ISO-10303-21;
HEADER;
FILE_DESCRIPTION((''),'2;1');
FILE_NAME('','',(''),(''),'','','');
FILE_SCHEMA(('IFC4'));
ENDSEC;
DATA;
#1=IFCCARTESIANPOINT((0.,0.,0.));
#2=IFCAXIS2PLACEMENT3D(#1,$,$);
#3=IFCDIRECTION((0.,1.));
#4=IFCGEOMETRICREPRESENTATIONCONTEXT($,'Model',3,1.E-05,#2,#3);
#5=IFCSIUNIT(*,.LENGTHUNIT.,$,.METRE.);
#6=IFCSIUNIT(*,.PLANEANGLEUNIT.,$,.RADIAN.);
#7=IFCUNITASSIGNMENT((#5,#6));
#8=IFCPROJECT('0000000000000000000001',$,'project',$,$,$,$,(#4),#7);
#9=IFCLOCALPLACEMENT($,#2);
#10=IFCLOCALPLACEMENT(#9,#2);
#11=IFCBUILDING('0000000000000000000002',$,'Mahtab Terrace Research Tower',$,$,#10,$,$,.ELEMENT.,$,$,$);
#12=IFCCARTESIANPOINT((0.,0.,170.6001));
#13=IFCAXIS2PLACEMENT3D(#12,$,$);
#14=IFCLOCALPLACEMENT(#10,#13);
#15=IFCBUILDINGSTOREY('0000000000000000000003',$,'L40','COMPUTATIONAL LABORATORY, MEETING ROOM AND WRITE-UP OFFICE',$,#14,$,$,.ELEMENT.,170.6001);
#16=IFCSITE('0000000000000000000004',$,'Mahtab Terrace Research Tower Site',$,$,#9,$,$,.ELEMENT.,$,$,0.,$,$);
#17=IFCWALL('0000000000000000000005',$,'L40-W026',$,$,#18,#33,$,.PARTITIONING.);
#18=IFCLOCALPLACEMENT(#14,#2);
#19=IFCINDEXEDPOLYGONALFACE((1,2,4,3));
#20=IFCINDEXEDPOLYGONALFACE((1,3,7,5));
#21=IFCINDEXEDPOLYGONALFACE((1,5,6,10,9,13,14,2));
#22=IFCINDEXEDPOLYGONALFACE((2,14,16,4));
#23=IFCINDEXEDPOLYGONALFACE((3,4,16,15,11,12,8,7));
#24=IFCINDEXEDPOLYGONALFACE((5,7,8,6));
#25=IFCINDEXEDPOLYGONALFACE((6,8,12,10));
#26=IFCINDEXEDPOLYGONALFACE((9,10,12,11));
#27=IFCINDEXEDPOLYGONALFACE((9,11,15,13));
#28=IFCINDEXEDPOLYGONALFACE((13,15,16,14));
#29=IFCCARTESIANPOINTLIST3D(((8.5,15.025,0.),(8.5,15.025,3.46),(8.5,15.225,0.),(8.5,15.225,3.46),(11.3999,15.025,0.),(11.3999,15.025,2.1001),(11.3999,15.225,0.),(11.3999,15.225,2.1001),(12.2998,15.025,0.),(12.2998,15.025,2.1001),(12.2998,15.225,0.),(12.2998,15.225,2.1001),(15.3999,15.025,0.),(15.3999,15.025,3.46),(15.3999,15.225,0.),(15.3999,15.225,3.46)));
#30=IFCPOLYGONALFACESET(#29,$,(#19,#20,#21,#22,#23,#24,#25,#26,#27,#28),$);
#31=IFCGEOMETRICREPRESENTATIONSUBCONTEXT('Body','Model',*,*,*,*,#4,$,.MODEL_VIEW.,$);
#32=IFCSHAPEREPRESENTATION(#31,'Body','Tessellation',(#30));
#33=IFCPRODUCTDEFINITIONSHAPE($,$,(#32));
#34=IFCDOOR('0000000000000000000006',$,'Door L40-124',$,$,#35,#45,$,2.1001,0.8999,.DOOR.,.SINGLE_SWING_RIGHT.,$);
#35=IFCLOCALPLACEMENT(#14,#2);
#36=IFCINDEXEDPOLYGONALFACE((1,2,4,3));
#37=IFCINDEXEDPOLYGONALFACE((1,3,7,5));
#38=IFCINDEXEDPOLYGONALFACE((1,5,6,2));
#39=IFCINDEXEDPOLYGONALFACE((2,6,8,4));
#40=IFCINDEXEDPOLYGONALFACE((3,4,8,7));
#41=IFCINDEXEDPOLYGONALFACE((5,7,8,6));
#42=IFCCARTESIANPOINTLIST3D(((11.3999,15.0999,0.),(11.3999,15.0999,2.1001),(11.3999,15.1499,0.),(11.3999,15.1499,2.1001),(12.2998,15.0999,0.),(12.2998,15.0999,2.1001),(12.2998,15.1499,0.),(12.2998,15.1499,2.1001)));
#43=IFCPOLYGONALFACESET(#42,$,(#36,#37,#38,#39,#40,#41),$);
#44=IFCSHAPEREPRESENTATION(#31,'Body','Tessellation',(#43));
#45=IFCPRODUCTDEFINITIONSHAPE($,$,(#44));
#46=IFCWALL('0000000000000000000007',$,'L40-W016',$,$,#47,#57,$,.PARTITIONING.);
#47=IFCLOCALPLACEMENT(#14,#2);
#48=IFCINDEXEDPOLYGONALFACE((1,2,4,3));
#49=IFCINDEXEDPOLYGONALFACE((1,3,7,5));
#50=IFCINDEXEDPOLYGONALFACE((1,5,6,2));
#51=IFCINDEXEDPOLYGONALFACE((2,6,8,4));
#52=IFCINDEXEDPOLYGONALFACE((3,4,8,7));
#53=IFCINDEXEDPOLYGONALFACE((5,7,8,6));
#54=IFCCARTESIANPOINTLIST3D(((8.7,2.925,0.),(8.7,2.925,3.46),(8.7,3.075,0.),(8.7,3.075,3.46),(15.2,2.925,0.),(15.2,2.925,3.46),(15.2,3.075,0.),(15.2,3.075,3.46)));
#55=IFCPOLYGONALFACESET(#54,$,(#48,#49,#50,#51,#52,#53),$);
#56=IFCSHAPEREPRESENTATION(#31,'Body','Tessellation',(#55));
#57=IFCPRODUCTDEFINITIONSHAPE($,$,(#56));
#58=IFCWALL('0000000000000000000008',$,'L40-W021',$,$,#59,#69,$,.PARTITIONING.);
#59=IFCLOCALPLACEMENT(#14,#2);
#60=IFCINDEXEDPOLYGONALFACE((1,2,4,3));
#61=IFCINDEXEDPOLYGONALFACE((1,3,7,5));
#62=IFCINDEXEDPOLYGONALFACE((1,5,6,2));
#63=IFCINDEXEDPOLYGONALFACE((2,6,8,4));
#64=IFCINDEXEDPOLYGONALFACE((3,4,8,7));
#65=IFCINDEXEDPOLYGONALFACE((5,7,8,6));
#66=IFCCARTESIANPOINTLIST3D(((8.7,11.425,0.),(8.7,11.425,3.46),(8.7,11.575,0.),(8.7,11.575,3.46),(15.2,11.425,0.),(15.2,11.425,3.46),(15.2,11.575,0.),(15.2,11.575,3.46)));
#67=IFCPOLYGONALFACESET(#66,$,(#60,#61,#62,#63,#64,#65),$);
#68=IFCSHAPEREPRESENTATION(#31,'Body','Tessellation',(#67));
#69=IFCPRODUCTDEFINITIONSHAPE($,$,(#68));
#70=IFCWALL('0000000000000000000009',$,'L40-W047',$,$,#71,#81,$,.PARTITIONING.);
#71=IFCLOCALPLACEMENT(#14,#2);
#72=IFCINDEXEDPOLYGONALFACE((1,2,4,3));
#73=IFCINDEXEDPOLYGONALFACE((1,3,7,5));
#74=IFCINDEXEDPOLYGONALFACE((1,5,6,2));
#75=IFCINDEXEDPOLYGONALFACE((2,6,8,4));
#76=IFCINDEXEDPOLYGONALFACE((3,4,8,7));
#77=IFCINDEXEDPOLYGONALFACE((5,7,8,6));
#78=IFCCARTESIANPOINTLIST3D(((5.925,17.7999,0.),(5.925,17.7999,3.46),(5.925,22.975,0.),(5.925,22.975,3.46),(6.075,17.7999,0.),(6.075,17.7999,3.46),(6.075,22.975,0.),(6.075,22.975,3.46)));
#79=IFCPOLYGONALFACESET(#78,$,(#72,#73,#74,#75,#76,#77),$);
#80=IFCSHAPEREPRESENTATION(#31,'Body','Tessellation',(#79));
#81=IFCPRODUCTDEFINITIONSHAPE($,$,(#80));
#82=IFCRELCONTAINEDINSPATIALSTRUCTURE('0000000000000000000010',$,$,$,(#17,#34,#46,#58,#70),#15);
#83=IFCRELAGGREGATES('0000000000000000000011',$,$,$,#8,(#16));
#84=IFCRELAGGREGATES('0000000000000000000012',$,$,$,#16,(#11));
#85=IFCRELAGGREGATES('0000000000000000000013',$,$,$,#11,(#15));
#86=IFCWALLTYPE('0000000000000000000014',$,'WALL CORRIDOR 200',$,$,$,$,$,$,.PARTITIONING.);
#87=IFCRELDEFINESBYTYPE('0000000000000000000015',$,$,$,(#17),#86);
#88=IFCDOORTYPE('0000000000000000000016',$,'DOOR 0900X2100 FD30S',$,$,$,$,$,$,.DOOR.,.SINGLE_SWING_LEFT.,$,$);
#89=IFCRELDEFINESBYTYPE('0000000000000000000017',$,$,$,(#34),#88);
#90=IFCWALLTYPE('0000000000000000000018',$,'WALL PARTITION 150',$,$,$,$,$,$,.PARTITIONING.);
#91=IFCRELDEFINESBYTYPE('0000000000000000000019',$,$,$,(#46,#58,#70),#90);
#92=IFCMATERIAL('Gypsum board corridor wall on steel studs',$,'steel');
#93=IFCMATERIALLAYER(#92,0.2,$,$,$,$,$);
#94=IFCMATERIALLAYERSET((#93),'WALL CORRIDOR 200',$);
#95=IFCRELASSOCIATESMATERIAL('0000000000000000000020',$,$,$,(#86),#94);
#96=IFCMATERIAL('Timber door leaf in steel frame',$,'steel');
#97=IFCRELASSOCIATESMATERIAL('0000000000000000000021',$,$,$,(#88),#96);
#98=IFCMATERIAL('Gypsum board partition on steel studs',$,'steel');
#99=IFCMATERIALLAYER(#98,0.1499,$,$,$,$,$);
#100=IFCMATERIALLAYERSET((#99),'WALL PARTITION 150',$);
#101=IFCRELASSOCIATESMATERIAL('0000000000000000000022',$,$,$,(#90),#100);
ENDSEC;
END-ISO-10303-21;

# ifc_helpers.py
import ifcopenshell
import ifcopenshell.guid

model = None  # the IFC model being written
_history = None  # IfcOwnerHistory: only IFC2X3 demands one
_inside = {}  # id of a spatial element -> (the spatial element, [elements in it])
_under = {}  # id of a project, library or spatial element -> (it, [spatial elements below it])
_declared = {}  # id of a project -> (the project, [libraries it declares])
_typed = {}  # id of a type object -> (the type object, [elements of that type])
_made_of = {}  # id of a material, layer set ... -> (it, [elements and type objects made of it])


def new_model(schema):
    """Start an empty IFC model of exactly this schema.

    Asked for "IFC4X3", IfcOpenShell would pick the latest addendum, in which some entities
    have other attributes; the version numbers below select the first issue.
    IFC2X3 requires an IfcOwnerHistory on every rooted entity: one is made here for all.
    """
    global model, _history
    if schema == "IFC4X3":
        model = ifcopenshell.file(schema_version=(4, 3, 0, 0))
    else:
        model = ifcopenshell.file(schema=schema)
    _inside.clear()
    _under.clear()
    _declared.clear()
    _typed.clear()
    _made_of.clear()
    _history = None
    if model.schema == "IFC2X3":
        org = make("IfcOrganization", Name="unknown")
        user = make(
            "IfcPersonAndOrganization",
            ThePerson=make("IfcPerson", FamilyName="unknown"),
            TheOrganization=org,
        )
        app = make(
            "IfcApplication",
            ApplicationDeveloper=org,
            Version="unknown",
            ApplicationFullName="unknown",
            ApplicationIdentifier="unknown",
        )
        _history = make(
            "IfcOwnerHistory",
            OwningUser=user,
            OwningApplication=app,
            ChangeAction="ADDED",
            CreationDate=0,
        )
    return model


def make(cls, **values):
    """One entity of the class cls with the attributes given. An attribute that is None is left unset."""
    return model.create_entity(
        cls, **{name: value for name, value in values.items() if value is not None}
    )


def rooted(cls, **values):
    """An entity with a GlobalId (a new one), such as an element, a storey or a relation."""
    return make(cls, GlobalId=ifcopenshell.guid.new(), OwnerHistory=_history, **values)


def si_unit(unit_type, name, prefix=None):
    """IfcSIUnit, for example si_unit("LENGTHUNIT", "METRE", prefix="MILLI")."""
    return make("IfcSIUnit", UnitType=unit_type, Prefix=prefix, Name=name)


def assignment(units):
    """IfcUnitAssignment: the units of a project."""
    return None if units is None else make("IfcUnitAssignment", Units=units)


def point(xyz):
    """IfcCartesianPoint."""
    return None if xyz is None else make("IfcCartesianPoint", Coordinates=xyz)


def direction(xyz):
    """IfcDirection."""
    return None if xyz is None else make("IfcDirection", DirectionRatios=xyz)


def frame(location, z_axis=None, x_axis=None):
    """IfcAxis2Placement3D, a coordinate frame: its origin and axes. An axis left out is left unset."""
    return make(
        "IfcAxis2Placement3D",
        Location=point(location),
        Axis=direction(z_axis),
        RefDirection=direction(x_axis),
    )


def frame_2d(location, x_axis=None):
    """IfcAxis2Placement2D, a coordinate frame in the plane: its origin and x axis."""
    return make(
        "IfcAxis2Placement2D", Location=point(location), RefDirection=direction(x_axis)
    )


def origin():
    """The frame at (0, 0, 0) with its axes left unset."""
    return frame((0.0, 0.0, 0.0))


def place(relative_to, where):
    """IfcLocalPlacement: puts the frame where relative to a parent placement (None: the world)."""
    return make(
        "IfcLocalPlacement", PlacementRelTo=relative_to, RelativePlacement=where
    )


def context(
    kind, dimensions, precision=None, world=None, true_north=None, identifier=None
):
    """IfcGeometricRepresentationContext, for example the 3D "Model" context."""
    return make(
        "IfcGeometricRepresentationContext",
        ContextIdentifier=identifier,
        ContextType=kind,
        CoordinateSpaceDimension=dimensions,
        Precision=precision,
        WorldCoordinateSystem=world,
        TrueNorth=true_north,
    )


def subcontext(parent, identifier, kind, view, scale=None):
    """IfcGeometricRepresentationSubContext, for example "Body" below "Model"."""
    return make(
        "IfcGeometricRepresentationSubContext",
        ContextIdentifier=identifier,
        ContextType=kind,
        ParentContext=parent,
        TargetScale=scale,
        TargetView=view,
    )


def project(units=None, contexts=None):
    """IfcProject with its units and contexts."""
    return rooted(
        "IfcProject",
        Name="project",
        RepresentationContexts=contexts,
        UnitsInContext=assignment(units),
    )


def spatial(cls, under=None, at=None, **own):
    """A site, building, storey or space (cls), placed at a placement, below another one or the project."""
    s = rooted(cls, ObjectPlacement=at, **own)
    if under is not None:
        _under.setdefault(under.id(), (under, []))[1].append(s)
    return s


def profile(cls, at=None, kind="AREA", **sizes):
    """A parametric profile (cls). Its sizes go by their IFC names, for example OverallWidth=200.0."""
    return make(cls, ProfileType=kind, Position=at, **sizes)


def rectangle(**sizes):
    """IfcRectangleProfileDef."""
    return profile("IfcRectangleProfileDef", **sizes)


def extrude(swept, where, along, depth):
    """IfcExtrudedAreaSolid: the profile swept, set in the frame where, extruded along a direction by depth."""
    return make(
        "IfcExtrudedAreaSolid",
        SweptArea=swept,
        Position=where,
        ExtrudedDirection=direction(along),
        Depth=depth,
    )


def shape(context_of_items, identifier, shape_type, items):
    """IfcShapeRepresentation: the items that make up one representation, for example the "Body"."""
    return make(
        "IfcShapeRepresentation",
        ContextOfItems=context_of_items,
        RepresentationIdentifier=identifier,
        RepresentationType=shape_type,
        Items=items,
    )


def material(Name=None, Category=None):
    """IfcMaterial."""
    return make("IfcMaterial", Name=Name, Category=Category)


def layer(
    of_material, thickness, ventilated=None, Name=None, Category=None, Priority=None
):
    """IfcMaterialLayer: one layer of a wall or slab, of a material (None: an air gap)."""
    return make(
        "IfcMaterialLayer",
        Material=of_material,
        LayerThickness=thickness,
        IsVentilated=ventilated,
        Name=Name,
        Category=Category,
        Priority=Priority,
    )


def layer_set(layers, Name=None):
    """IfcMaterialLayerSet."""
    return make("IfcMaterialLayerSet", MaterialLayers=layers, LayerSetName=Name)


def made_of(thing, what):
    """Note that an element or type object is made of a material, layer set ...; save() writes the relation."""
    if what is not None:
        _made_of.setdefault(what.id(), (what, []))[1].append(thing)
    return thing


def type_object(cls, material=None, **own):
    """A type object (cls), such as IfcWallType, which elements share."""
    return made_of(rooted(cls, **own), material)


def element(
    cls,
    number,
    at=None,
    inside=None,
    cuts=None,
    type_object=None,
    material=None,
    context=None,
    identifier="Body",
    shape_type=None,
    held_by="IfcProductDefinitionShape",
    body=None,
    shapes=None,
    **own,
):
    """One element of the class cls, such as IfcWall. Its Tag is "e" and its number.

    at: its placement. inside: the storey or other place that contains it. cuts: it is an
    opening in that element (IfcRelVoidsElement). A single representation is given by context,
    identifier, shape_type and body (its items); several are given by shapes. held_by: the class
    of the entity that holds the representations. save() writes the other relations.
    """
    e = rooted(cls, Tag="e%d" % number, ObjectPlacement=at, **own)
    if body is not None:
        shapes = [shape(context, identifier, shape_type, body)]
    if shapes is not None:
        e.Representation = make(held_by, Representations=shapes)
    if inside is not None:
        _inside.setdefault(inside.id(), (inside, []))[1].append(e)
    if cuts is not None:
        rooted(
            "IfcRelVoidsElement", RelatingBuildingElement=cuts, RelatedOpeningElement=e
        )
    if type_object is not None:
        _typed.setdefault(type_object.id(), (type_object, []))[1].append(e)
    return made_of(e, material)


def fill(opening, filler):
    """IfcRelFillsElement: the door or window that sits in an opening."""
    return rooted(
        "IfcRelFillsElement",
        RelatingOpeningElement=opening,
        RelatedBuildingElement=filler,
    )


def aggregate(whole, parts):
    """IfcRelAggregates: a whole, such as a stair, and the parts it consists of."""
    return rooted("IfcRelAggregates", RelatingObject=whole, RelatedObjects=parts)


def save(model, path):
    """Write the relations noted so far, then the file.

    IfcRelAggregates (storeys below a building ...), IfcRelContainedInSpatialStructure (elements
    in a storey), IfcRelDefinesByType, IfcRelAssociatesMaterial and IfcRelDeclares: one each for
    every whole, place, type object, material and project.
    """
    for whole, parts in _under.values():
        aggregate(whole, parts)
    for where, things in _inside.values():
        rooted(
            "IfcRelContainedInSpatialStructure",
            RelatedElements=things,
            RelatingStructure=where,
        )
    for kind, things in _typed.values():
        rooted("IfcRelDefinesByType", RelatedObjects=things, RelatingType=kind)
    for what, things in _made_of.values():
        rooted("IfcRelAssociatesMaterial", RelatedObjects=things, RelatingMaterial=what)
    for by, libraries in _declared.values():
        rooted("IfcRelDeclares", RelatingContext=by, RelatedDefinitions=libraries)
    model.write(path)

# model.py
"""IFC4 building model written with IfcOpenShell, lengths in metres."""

from ifc_helpers import new_model, si_unit, direction, frame, frame_2d, origin, place, context, subcontext, project, spatial, rectangle, extrude, material, layer, layer_set, type_object, element, fill, save


model = new_model("IFC4")

# Units and contexts
model_context = context("Model", 3, precision=1e-05, world=origin(), true_north=direction((0.0, 1.0)))
body_context = subcontext(model_context, "Body", "Model", "MODEL_VIEW")
ifc_project = project(units=[si_unit("LENGTHUNIT", "METRE"), si_unit("PLANEANGLEUNIT", "RADIAN")], contexts=[model_context])

# Site, building, storey
site_placement = place(None, origin())
site = spatial("IfcSite", under=ifc_project, at=site_placement, Name="Mahtab Terrace Research Tower Site", CompositionType="ELEMENT", RefElevation=0.0)
building_placement = place(site_placement, origin())
building = spatial("IfcBuilding", under=site, at=building_placement, Name="Mahtab Terrace Research Tower", CompositionType="ELEMENT")
storey_placement = place(building_placement, frame((0.0, 0.0, 170.6001)))
storey = spatial("IfcBuildingStorey", under=building, at=storey_placement, Name="L40", Description="COMPUTATIONAL LABORATORY, MEETING ROOM AND WRITE-UP OFFICE", CompositionType="ELEMENT", Elevation=170.6001)

# Wall, opening, door
ifc_material_1 = material(Name="Gypsum board corridor wall on steel studs", Category="steel")
ifc_layer_1 = layer(ifc_material_1, 0.2)
ifc_layer_set_1 = layer_set([ifc_layer_1], Name="WALL CORRIDOR 200")
wall_type_1 = type_object("IfcWallType", Name="WALL CORRIDOR 200", PredefinedType="PARTITIONING", material=ifc_layer_set_1)
wall_1_placement = place(storey_placement, frame((8.5, 15.125, 0.0), z_axis=(0.0, 0.0, 1.0), x_axis=(1.0, 0.0, 0.0)))
wall_1 = element("IfcWall", 1, at=wall_1_placement, inside=storey, type_object=wall_type_1, Name="L40-W026", PredefinedType="PARTITIONING", context=body_context, shape_type="SweptSolid", body=[
    extrude(rectangle(XDim=6.8999, YDim=0.2, at=frame_2d((3.45, 0.0))), origin(), (0.0, 0.0, 1.0), 3.46),
])
opening_1_placement = place(wall_1_placement, frame((2.8999, 0.0, 0.0)))
opening_1 = element("IfcOpeningElement", 2, at=opening_1_placement, cuts=wall_1, PredefinedType="OPENING", context=body_context, shape_type="SweptSolid", body=[
    extrude(rectangle(XDim=0.8999, YDim=2.1001, at=frame_2d((0.45, 1.05))), frame((0.0, 0.1099, 0.0), z_axis=(0.0, -1.0, 0.0), x_axis=(1.0, 0.0, 0.0)), (0.0, 0.0, 1.0), 0.22),
])
ifc_material_2 = material(Name="Timber door leaf in steel frame", Category="steel")
door_type_1 = type_object("IfcDoorType", Name="DOOR 0900X2100 FD30S", OperationType="SINGLE_SWING_LEFT", PredefinedType="DOOR", material=ifc_material_2)
door_1_placement = place(opening_1_placement, origin())
door_1 = element("IfcDoor", 3, at=door_1_placement, inside=storey, type_object=door_type_1, Name="Door L40-124", OperationType="SINGLE_SWING_RIGHT", OverallHeight=2.1001, OverallWidth=0.8999, PredefinedType="DOOR", context=body_context, shape_type="SweptSolid", body=[
    extrude(rectangle(XDim=0.8999, YDim=2.1001, at=frame_2d((0.45, 1.05))), frame((0.0, 0.0249, 0.0), z_axis=(0.0, -1.0, 0.0), x_axis=(1.0, 0.0, 0.0)), (0.0, 0.0, 1.0), 0.05),
])
fill(opening_1, door_1)

# Walls
ifc_material_3 = material(Name="Gypsum board partition on steel studs", Category="steel")
ifc_layer_2 = layer(ifc_material_3, 0.1499)
ifc_layer_set_2 = layer_set([ifc_layer_2], Name="WALL PARTITION 150")
wall_type_2 = type_object("IfcWallType", Name="WALL PARTITION 150", PredefinedType="PARTITIONING", material=ifc_layer_set_2)
for number, where, z_axis, x_axis, name in (
    (4, (8.7, 3.0, 0.0), (0.0, 0.0, 1.0), (1.0, 0.0, 0.0), "L40-W016"),
    (5, (8.7, 11.5, 0.0), (0.0, 0.0, 1.0), (1.0, 0.0, 0.0), "L40-W021"),
):
    element("IfcWall", number, at=place(storey_placement, frame(where, z_axis=z_axis, x_axis=x_axis)), inside=storey, type_object=wall_type_2, Name=name, PredefinedType="PARTITIONING", context=body_context, shape_type="SweptSolid", body=[
        extrude(rectangle(XDim=6.5, YDim=0.1499, at=frame_2d((3.25, 0.0))), origin(), (0.0, 0.0, 1.0), 3.46),
    ])
wall_2_placement = place(storey_placement, frame((6.0, 17.8, 0.0), z_axis=(0.0, 0.0, 1.0), x_axis=(0.0, 1.0, 0.0)))
element("IfcWall", 6, at=wall_2_placement, inside=storey, type_object=wall_type_2, Name="L40-W047", PredefinedType="PARTITIONING", context=body_context, shape_type="SweptSolid", body=[
    extrude(rectangle(XDim=5.175, YDim=0.1499, at=frame_2d((2.5874, 0.0))), origin(), (0.0, 0.0, 1.0), 3.46),
])

save(model, "model.ifc")
